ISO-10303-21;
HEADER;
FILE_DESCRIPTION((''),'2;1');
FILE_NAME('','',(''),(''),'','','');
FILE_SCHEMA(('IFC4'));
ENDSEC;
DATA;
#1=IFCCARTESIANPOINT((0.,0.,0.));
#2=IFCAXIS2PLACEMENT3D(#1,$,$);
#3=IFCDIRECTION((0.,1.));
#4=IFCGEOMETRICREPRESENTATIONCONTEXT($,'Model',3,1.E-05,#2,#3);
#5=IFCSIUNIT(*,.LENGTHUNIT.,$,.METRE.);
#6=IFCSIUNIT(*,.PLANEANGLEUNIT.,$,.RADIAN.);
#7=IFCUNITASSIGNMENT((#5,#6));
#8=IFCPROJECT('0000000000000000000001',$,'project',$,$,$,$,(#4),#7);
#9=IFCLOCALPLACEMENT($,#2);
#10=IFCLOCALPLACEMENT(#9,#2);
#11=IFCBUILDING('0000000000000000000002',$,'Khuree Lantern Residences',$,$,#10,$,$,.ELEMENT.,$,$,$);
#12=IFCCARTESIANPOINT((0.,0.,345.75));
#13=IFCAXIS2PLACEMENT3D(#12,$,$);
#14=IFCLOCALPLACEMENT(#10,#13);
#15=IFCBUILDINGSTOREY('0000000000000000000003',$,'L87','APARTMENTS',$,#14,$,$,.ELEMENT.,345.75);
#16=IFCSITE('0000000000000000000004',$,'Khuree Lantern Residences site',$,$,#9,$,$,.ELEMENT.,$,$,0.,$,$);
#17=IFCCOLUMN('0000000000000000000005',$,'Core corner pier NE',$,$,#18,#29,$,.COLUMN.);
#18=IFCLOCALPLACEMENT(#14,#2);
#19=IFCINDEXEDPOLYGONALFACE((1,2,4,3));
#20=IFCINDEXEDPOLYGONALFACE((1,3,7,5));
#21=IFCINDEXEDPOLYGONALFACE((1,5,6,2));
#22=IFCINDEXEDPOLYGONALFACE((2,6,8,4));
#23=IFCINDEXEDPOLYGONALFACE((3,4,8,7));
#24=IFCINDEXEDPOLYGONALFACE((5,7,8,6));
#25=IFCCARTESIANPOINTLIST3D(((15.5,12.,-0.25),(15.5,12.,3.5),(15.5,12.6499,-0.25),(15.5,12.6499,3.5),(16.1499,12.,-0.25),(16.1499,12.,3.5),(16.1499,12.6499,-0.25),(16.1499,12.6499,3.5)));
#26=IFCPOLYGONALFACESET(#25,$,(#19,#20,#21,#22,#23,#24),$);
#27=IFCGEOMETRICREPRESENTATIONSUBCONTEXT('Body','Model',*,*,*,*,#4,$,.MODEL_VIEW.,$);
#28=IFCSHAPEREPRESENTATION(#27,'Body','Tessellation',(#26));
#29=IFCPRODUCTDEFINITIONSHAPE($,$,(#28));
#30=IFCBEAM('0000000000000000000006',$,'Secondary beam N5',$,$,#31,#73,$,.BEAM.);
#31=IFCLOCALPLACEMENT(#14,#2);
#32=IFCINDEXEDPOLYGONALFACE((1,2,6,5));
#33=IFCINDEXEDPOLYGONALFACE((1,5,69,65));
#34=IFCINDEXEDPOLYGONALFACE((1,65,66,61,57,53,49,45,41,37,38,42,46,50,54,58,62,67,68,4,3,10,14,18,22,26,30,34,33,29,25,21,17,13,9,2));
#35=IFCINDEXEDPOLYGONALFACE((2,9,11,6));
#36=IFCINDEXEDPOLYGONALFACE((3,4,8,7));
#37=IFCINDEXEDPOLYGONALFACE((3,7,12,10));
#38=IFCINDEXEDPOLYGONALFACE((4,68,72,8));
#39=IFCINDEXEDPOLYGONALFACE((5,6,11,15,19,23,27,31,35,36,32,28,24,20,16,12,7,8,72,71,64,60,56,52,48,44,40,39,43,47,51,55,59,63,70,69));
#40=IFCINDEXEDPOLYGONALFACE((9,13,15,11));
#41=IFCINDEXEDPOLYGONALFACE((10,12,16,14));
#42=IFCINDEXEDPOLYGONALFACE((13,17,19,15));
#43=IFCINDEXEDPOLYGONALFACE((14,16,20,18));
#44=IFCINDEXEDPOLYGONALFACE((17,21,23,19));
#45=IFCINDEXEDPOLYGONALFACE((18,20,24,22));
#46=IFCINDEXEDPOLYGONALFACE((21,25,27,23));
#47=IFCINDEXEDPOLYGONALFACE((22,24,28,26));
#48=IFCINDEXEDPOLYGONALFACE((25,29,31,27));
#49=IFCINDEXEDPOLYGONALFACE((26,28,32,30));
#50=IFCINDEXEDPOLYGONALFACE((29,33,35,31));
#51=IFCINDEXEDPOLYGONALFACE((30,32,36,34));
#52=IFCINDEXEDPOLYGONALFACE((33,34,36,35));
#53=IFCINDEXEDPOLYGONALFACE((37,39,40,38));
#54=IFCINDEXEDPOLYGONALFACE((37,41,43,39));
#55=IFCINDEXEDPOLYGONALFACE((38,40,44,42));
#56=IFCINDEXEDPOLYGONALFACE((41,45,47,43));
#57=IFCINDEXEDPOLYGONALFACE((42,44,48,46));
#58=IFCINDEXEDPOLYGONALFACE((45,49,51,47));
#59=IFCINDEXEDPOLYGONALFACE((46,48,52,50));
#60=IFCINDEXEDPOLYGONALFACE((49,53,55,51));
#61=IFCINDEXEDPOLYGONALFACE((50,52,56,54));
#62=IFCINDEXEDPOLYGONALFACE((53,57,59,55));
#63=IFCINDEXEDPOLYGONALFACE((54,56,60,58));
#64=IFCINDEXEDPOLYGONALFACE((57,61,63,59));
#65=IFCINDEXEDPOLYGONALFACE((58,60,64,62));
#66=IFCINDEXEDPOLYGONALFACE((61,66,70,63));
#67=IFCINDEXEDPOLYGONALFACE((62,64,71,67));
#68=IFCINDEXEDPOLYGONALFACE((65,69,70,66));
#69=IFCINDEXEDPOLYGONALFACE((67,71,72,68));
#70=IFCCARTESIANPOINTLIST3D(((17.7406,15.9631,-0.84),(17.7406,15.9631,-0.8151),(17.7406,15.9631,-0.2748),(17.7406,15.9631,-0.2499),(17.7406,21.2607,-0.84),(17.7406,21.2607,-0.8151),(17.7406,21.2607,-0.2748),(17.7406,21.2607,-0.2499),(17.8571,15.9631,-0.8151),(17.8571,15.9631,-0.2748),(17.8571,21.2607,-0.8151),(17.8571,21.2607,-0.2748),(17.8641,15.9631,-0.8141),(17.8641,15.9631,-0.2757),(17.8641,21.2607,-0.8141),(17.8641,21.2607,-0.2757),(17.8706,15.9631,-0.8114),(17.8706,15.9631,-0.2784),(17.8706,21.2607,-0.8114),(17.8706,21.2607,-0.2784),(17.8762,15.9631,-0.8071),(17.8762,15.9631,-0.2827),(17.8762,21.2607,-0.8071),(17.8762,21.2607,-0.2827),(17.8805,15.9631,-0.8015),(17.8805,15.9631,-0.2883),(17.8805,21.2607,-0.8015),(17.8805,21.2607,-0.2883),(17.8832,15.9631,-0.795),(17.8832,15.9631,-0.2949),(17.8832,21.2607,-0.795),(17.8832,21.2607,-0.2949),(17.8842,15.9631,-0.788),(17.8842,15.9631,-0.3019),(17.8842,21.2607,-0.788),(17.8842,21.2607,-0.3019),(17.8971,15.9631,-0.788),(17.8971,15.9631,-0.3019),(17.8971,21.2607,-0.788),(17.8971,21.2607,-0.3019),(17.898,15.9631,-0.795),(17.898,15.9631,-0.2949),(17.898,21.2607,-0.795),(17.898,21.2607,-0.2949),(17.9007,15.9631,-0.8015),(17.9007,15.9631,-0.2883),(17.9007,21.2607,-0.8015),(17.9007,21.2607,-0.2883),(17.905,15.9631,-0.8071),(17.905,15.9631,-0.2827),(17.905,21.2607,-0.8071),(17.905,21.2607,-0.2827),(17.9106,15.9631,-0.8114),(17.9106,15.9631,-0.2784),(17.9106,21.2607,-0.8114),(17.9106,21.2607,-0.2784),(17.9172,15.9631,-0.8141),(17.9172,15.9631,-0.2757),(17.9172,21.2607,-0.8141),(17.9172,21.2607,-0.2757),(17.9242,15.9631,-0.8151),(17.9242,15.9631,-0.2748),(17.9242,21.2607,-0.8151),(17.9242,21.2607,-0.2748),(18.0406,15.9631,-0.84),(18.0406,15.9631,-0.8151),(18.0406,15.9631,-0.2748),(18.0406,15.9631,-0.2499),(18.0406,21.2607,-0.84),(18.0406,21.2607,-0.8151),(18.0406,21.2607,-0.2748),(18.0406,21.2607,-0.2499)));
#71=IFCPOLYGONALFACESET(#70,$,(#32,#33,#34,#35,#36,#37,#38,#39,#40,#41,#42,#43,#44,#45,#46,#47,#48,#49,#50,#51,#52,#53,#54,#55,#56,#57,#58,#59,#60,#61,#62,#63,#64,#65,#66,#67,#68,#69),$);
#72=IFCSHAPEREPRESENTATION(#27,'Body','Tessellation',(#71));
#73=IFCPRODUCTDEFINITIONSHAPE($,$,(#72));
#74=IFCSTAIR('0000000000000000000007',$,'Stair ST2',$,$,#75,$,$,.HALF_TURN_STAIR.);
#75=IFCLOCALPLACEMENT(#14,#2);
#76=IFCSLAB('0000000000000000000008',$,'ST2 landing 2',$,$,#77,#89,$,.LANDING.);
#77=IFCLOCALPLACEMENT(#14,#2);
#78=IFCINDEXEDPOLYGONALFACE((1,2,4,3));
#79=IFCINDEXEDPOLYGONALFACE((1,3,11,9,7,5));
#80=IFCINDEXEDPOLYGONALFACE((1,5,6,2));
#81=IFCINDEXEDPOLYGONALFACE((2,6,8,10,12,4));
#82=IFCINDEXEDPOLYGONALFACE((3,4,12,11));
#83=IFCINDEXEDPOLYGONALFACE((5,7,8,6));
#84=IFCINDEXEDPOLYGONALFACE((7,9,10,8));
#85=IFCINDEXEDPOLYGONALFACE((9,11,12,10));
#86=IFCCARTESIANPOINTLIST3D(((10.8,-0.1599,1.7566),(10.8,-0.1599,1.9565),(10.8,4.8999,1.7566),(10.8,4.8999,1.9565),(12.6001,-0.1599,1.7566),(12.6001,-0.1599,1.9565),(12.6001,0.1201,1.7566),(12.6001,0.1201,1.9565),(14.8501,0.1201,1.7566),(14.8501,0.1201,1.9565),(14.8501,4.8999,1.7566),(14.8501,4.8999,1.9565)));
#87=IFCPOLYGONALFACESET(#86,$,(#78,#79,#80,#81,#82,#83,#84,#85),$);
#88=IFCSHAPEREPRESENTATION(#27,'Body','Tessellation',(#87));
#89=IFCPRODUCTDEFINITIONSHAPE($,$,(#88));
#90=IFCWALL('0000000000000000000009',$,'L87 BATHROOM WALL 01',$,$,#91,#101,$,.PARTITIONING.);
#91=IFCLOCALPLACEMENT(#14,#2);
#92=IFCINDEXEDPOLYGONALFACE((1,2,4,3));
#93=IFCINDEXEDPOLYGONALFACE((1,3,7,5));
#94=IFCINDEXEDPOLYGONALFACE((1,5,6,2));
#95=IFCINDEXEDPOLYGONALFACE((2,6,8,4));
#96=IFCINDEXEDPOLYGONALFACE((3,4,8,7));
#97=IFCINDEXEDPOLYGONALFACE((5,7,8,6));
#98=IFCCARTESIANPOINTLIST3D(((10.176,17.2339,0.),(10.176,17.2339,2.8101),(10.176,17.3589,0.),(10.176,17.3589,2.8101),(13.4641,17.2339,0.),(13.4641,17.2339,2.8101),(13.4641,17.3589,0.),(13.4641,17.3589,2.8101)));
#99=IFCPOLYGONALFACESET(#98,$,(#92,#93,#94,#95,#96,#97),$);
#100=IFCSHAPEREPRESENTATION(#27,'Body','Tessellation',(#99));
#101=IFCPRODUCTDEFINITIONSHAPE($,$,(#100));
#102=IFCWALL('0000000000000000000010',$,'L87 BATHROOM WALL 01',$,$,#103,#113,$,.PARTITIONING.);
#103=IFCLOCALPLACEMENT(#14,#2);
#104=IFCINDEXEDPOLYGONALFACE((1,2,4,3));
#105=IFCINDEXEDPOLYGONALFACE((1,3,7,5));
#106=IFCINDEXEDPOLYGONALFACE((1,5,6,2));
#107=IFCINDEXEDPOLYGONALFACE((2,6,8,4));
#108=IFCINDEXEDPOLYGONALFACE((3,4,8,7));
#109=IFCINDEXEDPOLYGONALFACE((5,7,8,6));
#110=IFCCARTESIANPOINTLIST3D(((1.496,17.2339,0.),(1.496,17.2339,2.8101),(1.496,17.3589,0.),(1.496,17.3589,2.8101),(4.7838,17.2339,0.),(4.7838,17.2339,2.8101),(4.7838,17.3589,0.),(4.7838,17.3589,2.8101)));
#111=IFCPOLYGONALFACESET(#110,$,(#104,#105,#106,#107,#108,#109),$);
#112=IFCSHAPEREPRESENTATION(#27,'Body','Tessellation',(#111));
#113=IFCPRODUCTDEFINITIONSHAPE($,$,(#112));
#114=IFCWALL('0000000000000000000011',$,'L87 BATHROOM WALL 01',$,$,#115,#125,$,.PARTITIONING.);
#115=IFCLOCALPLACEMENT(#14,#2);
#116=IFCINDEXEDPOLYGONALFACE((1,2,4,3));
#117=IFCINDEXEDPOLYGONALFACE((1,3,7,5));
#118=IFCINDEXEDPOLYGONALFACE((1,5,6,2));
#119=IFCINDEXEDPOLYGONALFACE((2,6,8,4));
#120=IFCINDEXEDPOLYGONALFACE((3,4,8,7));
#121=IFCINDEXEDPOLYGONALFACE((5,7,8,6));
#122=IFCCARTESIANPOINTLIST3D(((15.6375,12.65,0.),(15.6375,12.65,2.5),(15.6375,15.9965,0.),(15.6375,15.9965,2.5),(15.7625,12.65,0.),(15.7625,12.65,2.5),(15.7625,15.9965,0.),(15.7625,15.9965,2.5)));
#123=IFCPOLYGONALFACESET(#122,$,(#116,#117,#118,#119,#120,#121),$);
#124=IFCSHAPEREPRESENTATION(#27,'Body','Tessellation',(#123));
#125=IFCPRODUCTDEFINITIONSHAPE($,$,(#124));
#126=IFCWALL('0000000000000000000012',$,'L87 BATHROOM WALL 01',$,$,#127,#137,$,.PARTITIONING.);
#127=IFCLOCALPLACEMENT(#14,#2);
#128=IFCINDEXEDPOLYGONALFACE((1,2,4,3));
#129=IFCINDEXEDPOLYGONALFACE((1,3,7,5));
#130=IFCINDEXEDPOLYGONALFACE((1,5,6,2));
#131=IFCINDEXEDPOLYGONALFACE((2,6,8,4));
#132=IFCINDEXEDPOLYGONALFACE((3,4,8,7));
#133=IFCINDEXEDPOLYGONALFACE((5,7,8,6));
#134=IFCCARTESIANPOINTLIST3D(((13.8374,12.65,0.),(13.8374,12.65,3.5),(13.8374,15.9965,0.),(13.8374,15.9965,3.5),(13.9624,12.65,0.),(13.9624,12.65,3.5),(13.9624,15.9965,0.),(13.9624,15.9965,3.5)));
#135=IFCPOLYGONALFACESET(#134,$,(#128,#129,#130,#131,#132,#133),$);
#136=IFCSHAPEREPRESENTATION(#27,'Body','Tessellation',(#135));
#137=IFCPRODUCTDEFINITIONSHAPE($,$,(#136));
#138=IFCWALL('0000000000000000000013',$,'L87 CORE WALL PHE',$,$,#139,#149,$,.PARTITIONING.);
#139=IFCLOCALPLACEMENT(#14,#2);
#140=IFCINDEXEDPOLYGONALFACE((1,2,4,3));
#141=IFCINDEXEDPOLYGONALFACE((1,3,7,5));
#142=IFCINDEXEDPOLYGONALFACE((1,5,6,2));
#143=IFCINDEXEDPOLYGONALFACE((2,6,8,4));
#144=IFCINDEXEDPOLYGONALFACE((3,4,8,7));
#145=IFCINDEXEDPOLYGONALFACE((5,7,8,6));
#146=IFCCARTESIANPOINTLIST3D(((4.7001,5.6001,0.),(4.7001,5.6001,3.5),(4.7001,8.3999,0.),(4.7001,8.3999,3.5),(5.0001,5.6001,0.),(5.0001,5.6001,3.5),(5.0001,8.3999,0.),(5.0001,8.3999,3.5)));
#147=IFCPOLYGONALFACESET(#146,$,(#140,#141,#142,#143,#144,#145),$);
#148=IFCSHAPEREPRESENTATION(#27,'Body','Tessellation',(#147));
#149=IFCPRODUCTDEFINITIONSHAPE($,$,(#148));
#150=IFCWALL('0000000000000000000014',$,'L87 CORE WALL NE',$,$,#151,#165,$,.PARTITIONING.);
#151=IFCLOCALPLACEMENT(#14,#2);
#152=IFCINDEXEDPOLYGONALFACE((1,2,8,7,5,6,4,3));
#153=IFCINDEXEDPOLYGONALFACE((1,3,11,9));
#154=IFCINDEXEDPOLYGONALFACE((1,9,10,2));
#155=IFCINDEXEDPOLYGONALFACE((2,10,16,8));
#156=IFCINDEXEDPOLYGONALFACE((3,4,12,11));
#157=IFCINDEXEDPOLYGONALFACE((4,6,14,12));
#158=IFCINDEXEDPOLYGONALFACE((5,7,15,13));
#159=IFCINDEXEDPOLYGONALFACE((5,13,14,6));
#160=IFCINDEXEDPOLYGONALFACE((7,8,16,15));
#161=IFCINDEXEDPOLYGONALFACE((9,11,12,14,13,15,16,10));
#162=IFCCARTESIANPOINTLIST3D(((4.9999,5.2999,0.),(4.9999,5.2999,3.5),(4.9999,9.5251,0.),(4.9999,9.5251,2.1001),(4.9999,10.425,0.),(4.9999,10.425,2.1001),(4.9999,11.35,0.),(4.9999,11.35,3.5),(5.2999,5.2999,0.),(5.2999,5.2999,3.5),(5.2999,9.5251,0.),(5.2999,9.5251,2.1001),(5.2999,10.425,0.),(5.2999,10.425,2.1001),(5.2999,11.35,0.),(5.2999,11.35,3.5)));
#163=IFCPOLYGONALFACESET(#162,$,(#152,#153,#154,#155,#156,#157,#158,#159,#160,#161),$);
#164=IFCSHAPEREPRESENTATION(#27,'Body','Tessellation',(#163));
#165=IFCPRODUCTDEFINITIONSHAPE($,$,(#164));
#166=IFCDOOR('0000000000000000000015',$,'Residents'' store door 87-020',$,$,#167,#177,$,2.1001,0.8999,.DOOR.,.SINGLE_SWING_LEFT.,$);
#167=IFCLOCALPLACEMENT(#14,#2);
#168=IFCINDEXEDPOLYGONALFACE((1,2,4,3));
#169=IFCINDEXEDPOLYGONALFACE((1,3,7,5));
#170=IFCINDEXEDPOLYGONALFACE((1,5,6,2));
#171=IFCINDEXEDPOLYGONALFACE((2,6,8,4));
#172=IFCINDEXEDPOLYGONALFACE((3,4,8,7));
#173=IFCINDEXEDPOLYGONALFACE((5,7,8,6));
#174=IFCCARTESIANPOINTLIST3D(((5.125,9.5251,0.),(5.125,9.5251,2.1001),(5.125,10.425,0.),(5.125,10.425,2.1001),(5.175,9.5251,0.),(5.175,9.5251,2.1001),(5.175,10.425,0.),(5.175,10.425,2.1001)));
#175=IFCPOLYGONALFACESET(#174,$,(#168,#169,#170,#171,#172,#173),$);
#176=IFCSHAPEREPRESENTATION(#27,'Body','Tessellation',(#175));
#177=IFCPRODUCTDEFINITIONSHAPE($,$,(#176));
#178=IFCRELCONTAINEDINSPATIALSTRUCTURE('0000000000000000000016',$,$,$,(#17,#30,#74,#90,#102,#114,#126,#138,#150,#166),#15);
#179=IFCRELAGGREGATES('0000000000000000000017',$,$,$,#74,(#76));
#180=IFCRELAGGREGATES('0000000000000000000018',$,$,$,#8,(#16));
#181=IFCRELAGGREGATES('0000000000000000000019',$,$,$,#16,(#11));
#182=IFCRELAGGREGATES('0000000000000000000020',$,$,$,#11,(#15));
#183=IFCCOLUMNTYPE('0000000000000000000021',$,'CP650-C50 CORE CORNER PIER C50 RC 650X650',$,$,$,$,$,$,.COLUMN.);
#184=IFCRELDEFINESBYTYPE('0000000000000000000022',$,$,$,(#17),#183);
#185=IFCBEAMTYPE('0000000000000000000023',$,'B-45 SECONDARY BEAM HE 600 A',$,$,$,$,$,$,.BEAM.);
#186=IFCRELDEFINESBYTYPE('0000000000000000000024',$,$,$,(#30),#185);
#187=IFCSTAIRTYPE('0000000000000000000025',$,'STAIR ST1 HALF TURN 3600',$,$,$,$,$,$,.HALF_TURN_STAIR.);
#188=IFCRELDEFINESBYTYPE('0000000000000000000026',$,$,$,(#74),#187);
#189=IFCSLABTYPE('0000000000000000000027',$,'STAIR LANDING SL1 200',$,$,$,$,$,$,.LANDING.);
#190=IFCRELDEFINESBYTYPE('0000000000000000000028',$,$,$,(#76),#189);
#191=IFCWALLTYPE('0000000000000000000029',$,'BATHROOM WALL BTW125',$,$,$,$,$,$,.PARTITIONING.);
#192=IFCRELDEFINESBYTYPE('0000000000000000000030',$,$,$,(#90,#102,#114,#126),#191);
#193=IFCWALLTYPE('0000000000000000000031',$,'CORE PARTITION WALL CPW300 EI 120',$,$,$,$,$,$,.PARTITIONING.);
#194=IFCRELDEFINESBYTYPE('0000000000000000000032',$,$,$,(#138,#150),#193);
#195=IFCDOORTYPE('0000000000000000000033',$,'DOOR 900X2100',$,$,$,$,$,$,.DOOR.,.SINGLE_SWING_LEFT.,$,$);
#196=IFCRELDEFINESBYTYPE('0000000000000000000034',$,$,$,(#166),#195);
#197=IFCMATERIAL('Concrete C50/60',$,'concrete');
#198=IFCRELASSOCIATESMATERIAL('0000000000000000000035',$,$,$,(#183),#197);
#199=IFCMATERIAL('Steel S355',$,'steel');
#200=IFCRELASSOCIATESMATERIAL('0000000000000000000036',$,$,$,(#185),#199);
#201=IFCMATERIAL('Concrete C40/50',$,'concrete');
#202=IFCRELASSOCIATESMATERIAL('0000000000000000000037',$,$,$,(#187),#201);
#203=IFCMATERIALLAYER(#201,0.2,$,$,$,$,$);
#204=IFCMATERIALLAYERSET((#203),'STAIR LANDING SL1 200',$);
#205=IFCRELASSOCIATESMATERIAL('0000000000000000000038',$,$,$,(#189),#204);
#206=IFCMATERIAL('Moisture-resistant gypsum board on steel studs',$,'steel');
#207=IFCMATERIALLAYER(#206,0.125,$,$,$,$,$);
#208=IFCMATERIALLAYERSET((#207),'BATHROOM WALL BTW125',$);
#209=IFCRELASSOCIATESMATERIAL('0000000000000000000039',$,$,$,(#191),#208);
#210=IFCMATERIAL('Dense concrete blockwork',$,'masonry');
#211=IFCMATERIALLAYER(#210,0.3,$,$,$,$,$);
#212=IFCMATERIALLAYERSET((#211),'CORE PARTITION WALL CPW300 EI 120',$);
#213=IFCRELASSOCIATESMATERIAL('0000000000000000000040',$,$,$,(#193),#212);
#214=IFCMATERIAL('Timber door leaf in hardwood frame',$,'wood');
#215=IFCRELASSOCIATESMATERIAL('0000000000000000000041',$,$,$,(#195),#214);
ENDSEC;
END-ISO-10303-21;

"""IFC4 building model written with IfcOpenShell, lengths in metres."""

from ifc_helpers import new_model, si_unit, direction, frame, frame_2d, origin, origin_2d, place, context, subcontext, project, spatial, polyline, rectangle, i_section, outline, extrude, material, layer, layer_set, material_profile, profile_set, type_object, element, fill, aggregate, save


model = new_model("IFC4")

# Units and contexts
model_context = context("Model", 3, precision=1e-05, world=origin(), true_north=direction((0.0, 1.0)))
body_context = subcontext(model_context, "Body", "Model", "MODEL_VIEW")
ifc_project = project(units=[si_unit("LENGTHUNIT", "METRE"), si_unit("PLANEANGLEUNIT", "RADIAN")], contexts=[model_context])

# Site, building, storey
site_placement = place(None, origin())
site = spatial("IfcSite", under=ifc_project, at=site_placement, Name="Khuree Lantern Residences site", CompositionType="ELEMENT", RefElevation=0.0)
building_placement = place(site_placement, origin())
building = spatial("IfcBuilding", under=site, at=building_placement, Name="Khuree Lantern Residences", CompositionType="ELEMENT")
storey_placement = place(building_placement, frame((0.0, 0.0, 345.75)))
storey = spatial("IfcBuildingStorey", under=building, at=storey_placement, Name="L87", Description="APARTMENTS", CompositionType="ELEMENT", Elevation=345.75)

# Column
ifc_material_1 = material(Name="Concrete C50/60", Category="concrete")
ifc_material_profile_1 = material_profile(ifc_material_1, rectangle(XDim=0.6499, YDim=0.6499, at=origin_2d()), Name="RC 650X650")
ifc_profile_set_1 = profile_set([ifc_material_profile_1], Name="Concrete C50/60")
column_type = type_object("IfcColumnType", Name="CP650-C50 CORE CORNER PIER C50 RC 650X650", PredefinedType="COLUMN", material=ifc_profile_set_1)
column_placement = place(storey_placement, frame((15.825, 12.325, -0.25), z_axis=(0.0, 0.0, 1.0), x_axis=(1.0, 0.0, 0.0)))
element("IfcColumn", 1, at=column_placement, inside=storey, type_object=column_type, Name="Core corner pier NE", PredefinedType="COLUMN", context=body_context, shape_type="SweptSolid", body=[
    extrude(rectangle(XDim=0.6499, YDim=0.6499, at=origin_2d()), origin(), (0.0, 0.0, 1.0), 3.75),
])

# Beam
ifc_material_2 = material(Name="Steel S355", Category="steel")
ifc_material_profile_2 = material_profile(ifc_material_2, i_section(OverallWidth=0.3, OverallDepth=0.5901, WebThickness=0.0129, FlangeThickness=0.0249, FilletRadius=0.0271, at=origin_2d()), Name="HE 600 A")
ifc_profile_set_2 = profile_set([ifc_material_profile_2], Name="Steel S355")
beam_type = type_object("IfcBeamType", Name="B-45 SECONDARY BEAM HE 600 A", PredefinedType="BEAM", material=ifc_profile_set_2)
beam_placement = place(storey_placement, frame((17.8906, 21.2607, -0.5449), z_axis=(0.0, -1.0, 0.0), x_axis=(1.0, 0.0, 0.0)))
element("IfcBeam", 2, at=beam_placement, inside=storey, type_object=beam_type, Name="Secondary beam N5", PredefinedType="BEAM", context=body_context, shape_type="SweptSolid", body=[
    extrude(i_section(OverallWidth=0.3, OverallDepth=0.5901, WebThickness=0.0129, FlangeThickness=0.0249, FilletRadius=0.0271, at=origin_2d()), origin(), (0.0, 0.0, 1.0), 5.2976),
])

# Stair, slab
ifc_material_3 = material(Name="Concrete C40/50", Category="concrete")
stair_type = type_object("IfcStairType", Name="STAIR ST1 HALF TURN 3600", PredefinedType="HALF_TURN_STAIR", material=ifc_material_3)
stair_placement = place(storey_placement, origin())
stair = element("IfcStair", 3, at=stair_placement, inside=storey, type_object=stair_type, Name="Stair ST2", PredefinedType="HALF_TURN_STAIR")
ifc_layer_1 = layer(ifc_material_3, 0.2)
ifc_layer_set_1 = layer_set([ifc_layer_1], Name="STAIR LANDING SL1 200")
slab_type = type_object("IfcSlabType", Name="STAIR LANDING SL1 200", PredefinedType="LANDING", material=ifc_layer_set_1)
slab_placement = place(storey_placement, frame((0.0, 0.0, 1.7566)))
slab = element("IfcSlab", 4, at=slab_placement, type_object=slab_type, Name="ST2 landing 2", PredefinedType="LANDING", context=body_context, shape_type="SweptSolid", body=[
    extrude(outline(polyline([(14.8501, 4.8999), (14.8501, 0.1201), (12.6001, 0.1201), (12.6001, -0.1599), (10.8, -0.1599), (10.8, 4.8999), (14.8501, 4.8999)])), origin(), (0.0, 0.0, 1.0), 0.2),
])
aggregate(stair, [slab])

# Walls
ifc_material_4 = material(Name="Moisture-resistant gypsum board on steel studs", Category="steel")
ifc_layer_2 = layer(ifc_material_4, 0.125)
ifc_layer_set_2 = layer_set([ifc_layer_2], Name="BATHROOM WALL BTW125")
wall_type_1 = type_object("IfcWallType", Name="BATHROOM WALL BTW125", PredefinedType="PARTITIONING", material=ifc_layer_set_2)
wall_1_placement = place(storey_placement, frame((13.4641, 17.2964, 0.0), z_axis=(0.0, 0.0, 1.0), x_axis=(-1.0, 0.0, 0.0)))
element("IfcWall", 5, at=wall_1_placement, inside=storey, type_object=wall_type_1, Name="L87 BATHROOM WALL 01", PredefinedType="PARTITIONING", context=body_context, shape_type="SweptSolid", body=[
    extrude(rectangle(XDim=3.2881, YDim=0.125, at=frame_2d((1.644, 0.0))), origin(), (0.0, 0.0, 1.0), 2.8101),
])
wall_2_placement = place(storey_placement, frame((4.7839, 17.2964, 0.0), z_axis=(0.0, 0.0, 1.0), x_axis=(-1.0, 0.0, 0.0)))
element("IfcWall", 6, at=wall_2_placement, inside=storey, type_object=wall_type_1, Name="L87 BATHROOM WALL 01", PredefinedType="PARTITIONING", context=body_context, shape_type="SweptSolid", body=[
    extrude(rectangle(XDim=3.2878, YDim=0.125, at=frame_2d((1.644, 0.0))), origin(), (0.0, 0.0, 1.0), 2.8101),
])
wall_3_placement = place(storey_placement, frame((15.7, 12.6499, 0.0), z_axis=(0.0, 0.0, 1.0), x_axis=(0.0, 1.0, 0.0)))
element("IfcWall", 7, at=wall_3_placement, inside=storey, type_object=wall_type_1, Name="L87 BATHROOM WALL 01", PredefinedType="PARTITIONING", context=body_context, shape_type="SweptSolid", body=[
    extrude(rectangle(XDim=3.3464, YDim=0.125, at=frame_2d((1.6733, 0.0))), origin(), (0.0, 0.0, 1.0), 2.5),
])
wall_4_placement = place(storey_placement, frame((13.8999, 12.6499, 0.0), z_axis=(0.0, 0.0, 1.0), x_axis=(0.0, 1.0, 0.0)))
element("IfcWall", 8, at=wall_4_placement, inside=storey, type_object=wall_type_1, Name="L87 BATHROOM WALL 01", PredefinedType="PARTITIONING", context=body_context, shape_type="SweptSolid", body=[
    extrude(rectangle(XDim=3.3464, YDim=0.125, at=frame_2d((1.6733, 0.0))), origin(), (0.0, 0.0, 1.0), 3.5),
])
ifc_material_5 = material(Name="Dense concrete blockwork", Category="masonry")
ifc_layer_3 = layer(ifc_material_5, 0.3)
ifc_layer_set_3 = layer_set([ifc_layer_3], Name="CORE PARTITION WALL CPW300 EI 120")
wall_type_2 = type_object("IfcWallType", Name="CORE PARTITION WALL CPW300 EI 120", PredefinedType="PARTITIONING", material=ifc_layer_set_3)
wall_5_placement = place(storey_placement, frame((4.8501, 5.6001, 0.0), z_axis=(0.0, 0.0, 1.0), x_axis=(0.0, 1.0, 0.0)))
element("IfcWall", 9, at=wall_5_placement, inside=storey, type_object=wall_type_2, Name="L87 CORE WALL PHE", PredefinedType="PARTITIONING", context=body_context, shape_type="SweptSolid", body=[
    extrude(rectangle(XDim=2.7998, YDim=0.3, at=frame_2d((1.3999, 0.0))), origin(), (0.0, 0.0, 1.0), 3.5),
])

# Wall, opening, door
wall_6_placement = place(storey_placement, frame((5.1499, 5.3, 0.0), z_axis=(0.0, 0.0, 1.0), x_axis=(0.0, 1.0, 0.0)))
wall_6 = element("IfcWall", 10, at=wall_6_placement, inside=storey, type_object=wall_type_2, Name="L87 CORE WALL NE", PredefinedType="PARTITIONING", context=body_context, shape_type="SweptSolid", body=[
    extrude(rectangle(XDim=6.05, YDim=0.3, at=frame_2d((3.0249, 0.0))), origin(), (0.0, 0.0, 1.0), 3.5),
])
opening_1_placement = place(wall_6_placement, frame((4.2251, 0.0, 0.0)))
opening_1 = element("IfcOpeningElement", 11, at=opening_1_placement, cuts=wall_6, PredefinedType="OPENING", context=body_context, shape_type="SweptSolid", body=[
    extrude(rectangle(XDim=0.8999, YDim=2.1001, at=frame_2d((0.45, 1.05))), frame((0.0, 0.1602, 0.0), z_axis=(0.0, -1.0, 0.0), x_axis=(1.0, 0.0, 0.0)), (0.0, 0.0, 1.0), 0.3201),
])
ifc_material_6 = material(Name="Timber door leaf in hardwood frame", Category="wood")
door_type_1 = type_object("IfcDoorType", Name="DOOR 900X2100", OperationType="SINGLE_SWING_LEFT", PredefinedType="DOOR", material=ifc_material_6)
door_1_placement = place(opening_1_placement, origin())
door_1 = element("IfcDoor", 12, at=door_1_placement, inside=storey, type_object=door_type_1, Name="Residents' store door 87-020", OperationType="SINGLE_SWING_LEFT", OverallHeight=2.1001, OverallWidth=0.8999, PredefinedType="DOOR", context=body_context, shape_type="SweptSolid", body=[
    extrude(rectangle(XDim=0.8999, YDim=2.1001, at=frame_2d((0.45, 1.05))), frame((0.0, 0.0249, 0.0), z_axis=(0.0, -1.0, 0.0), x_axis=(1.0, 0.0, 0.0)), (0.0, 0.0, 1.0), 0.05),
])
fill(opening_1, door_1)

save(model, "model.ifc")
